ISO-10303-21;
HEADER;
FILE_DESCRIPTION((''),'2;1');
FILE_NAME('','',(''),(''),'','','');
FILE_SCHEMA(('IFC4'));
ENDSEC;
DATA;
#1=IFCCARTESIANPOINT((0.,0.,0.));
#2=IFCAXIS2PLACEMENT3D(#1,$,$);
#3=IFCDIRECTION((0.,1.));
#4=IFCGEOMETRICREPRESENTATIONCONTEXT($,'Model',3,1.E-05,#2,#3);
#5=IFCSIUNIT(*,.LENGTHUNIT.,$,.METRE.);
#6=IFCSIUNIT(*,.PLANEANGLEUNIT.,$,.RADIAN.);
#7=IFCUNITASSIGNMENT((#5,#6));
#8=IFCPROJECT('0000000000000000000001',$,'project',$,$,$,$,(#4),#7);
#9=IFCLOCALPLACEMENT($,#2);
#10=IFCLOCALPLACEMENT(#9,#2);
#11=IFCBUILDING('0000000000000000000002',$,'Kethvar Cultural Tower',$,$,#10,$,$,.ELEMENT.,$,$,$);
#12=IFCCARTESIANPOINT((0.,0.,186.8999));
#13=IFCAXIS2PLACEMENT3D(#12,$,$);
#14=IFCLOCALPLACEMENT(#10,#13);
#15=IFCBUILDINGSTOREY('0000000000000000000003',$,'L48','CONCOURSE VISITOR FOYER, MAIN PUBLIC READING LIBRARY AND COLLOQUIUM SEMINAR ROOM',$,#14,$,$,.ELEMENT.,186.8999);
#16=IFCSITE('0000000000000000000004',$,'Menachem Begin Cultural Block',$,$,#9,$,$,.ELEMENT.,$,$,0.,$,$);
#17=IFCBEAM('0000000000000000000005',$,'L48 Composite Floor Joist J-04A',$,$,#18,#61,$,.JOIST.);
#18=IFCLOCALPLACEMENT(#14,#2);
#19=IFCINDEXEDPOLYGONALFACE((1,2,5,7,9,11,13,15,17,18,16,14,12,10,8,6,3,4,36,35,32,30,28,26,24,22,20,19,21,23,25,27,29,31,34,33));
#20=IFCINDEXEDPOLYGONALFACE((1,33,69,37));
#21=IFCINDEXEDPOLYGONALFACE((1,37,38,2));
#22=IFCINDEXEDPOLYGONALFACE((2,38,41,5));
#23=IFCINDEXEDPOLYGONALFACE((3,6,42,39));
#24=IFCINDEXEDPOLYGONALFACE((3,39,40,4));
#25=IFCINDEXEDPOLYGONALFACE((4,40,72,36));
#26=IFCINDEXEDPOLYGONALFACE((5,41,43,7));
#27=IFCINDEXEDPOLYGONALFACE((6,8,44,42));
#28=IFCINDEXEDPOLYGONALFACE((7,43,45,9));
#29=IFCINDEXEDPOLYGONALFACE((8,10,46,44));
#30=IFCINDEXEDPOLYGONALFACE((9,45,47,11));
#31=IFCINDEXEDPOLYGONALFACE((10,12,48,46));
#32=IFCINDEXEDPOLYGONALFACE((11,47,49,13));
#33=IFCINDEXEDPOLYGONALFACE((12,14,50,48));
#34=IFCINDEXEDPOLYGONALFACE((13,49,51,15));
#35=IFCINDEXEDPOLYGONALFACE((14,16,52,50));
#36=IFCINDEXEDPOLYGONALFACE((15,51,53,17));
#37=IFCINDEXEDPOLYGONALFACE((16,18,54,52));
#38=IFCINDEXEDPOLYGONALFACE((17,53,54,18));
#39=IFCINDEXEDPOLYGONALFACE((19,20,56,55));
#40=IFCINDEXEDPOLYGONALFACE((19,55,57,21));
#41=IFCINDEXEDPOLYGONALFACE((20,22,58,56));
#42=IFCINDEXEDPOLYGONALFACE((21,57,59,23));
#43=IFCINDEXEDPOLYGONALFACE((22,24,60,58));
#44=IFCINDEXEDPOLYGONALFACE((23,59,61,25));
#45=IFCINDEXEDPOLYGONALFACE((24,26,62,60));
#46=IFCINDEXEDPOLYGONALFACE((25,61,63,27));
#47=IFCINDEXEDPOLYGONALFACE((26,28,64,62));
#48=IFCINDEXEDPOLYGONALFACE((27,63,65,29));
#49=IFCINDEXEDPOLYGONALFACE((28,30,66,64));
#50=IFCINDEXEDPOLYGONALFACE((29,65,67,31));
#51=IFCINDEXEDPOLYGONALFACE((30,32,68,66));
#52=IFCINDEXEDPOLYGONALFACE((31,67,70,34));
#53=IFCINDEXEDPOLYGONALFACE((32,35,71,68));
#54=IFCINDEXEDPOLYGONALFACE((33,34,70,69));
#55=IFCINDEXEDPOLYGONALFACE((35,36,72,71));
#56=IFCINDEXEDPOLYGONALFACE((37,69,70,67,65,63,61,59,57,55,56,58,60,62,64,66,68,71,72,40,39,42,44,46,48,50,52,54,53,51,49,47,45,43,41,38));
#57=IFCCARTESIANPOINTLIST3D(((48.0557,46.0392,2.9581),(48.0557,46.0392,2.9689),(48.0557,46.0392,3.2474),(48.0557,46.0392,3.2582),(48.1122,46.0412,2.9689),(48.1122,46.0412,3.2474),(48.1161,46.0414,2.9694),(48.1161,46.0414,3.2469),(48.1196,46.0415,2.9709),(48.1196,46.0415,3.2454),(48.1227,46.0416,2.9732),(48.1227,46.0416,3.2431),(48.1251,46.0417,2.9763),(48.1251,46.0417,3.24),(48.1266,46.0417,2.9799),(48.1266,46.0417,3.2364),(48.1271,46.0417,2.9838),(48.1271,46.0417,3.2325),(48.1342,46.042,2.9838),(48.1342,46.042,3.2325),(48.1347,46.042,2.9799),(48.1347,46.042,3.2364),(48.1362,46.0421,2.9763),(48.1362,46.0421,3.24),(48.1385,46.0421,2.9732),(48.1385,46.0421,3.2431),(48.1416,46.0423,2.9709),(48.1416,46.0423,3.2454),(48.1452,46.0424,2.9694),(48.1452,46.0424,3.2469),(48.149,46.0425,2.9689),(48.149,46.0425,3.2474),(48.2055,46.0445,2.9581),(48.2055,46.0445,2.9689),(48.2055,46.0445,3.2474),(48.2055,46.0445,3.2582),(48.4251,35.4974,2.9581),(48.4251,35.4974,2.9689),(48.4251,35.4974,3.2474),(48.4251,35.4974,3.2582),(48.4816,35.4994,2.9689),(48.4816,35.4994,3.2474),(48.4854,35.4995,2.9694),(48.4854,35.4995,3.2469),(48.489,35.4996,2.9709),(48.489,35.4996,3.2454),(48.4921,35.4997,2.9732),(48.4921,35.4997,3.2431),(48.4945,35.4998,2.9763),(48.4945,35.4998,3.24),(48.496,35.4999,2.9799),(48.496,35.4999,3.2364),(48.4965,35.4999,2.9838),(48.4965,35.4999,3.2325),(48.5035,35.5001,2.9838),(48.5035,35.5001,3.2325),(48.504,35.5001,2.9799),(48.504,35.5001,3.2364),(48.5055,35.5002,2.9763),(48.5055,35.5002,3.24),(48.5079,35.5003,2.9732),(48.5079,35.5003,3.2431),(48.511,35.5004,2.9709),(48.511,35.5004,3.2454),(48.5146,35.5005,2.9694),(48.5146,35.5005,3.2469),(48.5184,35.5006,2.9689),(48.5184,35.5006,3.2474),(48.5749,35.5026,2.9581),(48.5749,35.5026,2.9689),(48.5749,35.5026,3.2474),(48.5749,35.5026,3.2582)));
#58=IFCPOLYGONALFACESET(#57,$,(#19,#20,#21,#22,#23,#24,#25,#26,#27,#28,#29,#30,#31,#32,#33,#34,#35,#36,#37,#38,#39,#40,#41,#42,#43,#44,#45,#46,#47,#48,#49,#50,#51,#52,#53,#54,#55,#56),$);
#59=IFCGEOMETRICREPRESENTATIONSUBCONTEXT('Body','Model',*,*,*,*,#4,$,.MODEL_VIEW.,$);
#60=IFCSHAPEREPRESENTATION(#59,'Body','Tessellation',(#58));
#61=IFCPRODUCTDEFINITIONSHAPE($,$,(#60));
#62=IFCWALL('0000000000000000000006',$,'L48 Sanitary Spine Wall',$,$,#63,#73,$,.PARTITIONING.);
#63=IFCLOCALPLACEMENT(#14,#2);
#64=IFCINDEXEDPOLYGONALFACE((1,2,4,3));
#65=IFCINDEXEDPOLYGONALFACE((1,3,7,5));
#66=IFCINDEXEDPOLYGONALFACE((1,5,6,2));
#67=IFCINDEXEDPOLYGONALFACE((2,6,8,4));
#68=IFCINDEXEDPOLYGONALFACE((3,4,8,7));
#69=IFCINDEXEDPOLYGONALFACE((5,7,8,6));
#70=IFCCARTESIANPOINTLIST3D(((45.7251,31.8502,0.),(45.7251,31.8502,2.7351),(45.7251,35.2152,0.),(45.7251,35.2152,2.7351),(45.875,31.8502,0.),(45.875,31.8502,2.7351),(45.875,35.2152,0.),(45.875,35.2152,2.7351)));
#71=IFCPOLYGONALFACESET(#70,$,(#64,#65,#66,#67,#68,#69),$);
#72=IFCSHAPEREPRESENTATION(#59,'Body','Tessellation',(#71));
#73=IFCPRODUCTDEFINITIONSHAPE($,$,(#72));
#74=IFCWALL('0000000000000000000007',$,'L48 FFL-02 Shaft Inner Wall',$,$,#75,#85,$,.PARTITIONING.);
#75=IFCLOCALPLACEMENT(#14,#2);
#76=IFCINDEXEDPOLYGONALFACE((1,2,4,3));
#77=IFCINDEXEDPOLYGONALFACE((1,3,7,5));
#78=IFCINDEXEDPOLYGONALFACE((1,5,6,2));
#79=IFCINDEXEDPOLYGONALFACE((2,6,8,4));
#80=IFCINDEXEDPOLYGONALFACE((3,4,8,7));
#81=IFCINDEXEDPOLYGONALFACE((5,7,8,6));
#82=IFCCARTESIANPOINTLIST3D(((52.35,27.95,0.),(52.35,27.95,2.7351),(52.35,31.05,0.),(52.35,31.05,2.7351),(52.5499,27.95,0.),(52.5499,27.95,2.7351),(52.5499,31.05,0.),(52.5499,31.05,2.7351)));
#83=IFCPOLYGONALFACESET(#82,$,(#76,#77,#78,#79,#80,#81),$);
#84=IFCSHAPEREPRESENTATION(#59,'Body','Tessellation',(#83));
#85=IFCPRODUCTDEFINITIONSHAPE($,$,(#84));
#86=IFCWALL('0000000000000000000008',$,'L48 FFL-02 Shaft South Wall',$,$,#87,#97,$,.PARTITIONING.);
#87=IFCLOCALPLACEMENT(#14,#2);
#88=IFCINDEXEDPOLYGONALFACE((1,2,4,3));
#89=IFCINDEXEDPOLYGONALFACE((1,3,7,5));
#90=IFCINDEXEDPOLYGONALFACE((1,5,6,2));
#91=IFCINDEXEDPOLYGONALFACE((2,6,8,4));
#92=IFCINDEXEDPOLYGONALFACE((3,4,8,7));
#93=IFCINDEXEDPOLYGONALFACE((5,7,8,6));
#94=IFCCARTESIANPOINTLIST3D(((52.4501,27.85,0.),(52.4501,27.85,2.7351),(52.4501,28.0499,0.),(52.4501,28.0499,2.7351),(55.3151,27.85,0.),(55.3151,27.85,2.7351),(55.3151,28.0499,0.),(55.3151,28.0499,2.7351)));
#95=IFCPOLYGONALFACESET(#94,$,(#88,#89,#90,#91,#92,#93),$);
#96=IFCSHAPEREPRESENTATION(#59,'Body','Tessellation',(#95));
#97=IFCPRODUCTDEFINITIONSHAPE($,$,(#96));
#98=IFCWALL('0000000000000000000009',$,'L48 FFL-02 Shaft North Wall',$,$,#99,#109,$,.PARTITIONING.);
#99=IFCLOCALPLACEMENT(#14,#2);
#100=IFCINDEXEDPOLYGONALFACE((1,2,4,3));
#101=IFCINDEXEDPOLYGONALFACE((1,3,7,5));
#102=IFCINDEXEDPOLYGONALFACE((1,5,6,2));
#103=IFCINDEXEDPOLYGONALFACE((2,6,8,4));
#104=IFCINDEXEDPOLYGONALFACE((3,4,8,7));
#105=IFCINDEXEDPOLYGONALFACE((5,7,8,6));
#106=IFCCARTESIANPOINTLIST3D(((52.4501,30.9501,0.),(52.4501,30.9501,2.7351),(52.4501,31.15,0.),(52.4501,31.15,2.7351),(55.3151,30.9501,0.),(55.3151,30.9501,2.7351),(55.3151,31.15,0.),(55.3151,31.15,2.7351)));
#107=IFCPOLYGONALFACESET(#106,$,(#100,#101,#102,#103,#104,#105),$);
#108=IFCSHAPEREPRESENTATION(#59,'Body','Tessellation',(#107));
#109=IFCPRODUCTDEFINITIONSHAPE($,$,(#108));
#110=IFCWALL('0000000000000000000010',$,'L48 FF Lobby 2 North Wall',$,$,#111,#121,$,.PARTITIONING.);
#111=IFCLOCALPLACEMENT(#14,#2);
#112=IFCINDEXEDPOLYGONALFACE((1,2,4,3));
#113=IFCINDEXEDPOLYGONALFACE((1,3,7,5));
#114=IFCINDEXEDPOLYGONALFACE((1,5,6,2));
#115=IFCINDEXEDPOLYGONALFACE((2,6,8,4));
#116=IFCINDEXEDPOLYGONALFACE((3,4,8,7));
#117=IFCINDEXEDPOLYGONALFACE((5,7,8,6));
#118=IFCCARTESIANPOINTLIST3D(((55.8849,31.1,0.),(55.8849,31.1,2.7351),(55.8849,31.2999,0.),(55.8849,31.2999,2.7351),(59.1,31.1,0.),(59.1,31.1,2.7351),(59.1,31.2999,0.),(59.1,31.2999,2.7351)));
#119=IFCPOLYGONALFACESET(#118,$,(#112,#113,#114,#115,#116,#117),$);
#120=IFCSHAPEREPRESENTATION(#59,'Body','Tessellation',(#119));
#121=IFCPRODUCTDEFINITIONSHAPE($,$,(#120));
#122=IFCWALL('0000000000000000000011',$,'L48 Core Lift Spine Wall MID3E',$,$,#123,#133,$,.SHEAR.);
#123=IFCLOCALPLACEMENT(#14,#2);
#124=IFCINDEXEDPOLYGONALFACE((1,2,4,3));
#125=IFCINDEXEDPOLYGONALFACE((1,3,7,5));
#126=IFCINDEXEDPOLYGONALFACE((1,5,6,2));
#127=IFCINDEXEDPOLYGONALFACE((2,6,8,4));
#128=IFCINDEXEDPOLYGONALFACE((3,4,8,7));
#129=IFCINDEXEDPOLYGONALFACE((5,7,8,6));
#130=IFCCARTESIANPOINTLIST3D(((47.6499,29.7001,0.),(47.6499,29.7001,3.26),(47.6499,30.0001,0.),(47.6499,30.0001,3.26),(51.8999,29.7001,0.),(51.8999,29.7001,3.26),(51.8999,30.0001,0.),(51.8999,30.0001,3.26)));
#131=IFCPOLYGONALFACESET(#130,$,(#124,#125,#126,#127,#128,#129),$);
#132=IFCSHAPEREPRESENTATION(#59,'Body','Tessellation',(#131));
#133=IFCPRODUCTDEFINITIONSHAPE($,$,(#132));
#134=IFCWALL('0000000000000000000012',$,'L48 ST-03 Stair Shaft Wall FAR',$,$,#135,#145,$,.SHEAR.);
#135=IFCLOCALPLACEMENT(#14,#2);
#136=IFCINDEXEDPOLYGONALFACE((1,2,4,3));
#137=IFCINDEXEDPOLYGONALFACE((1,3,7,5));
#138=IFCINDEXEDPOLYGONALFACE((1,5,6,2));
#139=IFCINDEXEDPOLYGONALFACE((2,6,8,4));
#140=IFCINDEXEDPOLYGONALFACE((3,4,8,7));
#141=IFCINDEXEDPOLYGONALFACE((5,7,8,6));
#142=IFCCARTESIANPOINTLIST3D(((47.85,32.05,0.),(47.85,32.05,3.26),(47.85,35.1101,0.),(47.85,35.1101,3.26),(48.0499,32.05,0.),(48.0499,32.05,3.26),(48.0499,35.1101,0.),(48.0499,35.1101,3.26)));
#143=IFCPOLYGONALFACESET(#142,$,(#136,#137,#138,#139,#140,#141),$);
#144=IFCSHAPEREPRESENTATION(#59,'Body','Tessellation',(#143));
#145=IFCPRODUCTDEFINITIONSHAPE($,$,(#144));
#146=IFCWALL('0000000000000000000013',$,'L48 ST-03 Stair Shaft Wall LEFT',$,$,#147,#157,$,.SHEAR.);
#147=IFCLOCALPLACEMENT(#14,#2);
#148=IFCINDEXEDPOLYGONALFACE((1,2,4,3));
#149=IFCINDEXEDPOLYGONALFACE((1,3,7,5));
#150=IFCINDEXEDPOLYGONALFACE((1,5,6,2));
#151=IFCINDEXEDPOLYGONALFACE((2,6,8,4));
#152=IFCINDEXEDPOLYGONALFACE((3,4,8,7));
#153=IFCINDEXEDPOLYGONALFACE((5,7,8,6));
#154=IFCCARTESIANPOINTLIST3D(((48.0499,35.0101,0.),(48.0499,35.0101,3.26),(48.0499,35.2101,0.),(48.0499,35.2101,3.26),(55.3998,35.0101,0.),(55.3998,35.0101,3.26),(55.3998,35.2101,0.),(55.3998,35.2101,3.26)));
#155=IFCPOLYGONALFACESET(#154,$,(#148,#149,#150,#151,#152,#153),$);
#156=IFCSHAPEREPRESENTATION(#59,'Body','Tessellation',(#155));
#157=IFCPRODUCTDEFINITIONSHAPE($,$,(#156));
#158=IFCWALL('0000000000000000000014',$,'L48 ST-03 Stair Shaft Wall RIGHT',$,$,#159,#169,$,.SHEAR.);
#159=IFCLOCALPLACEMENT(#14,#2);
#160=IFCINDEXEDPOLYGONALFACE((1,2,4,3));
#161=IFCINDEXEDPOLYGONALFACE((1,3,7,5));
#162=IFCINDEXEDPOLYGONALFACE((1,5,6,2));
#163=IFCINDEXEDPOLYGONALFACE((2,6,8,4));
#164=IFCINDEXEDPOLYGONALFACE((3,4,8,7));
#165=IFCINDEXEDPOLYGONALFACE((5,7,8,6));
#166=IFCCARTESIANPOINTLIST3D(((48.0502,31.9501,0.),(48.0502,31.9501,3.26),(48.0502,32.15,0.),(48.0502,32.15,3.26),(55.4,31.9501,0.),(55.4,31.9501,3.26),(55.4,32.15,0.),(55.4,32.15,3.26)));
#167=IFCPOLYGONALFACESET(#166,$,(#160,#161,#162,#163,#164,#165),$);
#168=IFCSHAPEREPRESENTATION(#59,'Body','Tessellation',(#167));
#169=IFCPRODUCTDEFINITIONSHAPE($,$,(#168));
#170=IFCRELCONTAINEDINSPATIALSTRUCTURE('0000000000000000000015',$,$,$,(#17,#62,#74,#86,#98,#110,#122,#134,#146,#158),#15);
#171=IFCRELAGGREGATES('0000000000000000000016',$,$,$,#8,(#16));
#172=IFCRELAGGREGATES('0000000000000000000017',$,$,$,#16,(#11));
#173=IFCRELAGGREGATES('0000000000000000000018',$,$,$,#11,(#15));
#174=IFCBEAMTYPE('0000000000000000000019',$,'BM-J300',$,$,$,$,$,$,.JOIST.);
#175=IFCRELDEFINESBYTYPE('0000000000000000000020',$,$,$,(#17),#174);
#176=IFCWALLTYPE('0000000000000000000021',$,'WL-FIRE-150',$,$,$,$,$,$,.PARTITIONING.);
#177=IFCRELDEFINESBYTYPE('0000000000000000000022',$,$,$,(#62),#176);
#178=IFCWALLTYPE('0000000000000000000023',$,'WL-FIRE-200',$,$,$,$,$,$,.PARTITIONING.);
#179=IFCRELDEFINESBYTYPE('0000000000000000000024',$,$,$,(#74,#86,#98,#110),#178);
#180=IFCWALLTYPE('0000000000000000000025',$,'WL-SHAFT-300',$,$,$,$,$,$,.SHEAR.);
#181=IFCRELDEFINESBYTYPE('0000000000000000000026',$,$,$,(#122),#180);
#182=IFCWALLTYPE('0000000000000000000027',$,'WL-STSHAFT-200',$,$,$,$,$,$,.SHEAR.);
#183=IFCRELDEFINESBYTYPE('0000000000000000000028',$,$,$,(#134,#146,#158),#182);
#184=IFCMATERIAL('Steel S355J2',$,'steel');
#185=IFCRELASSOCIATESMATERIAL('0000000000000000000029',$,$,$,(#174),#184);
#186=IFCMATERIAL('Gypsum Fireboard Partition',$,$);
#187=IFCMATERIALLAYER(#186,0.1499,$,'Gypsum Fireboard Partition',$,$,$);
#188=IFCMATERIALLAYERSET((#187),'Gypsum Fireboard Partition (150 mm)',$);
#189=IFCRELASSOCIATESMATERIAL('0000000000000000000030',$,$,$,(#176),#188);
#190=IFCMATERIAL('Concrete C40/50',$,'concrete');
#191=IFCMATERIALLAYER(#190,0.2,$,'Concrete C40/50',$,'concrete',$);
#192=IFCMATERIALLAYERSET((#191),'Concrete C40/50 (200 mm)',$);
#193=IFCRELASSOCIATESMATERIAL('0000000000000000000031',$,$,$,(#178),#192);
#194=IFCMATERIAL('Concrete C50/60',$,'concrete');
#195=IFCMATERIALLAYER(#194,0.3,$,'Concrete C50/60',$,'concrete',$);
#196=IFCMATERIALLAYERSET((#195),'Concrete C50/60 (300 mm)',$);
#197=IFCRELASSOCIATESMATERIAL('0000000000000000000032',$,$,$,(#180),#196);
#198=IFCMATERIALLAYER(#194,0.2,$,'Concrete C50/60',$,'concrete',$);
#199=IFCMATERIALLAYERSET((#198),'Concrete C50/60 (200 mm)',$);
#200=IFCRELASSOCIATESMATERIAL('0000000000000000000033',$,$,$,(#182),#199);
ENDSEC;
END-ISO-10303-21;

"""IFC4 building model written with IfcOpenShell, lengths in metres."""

from ifc_helpers import new_model, si_unit, direction, frame, frame_2d, origin, origin_2d, place, context, subcontext, project, spatial, rectangle, i_section, extrude, source, transform, mapped, material, layer, layer_set, material_profile, profile_set, type_object, element, save


model = new_model("IFC4")

# Units and contexts
model_context = context("Model", 3, precision=1e-05, world=origin(), true_north=direction((0.0, 1.0)))
body_context = subcontext(model_context, "Body", "Model", "MODEL_VIEW")
ifc_project = project(units=[si_unit("LENGTHUNIT", "METRE"), si_unit("PLANEANGLEUNIT", "RADIAN")], contexts=[model_context])

# Site, building, storey
site_placement = place(None, origin())
site = spatial("IfcSite", under=ifc_project, at=site_placement, Name="Menachem Begin Cultural Block", CompositionType="ELEMENT", RefElevation=0.0)
building_placement = place(site_placement, origin())
building = spatial("IfcBuilding", under=site, at=building_placement, Name="Kethvar Cultural Tower", CompositionType="ELEMENT")
storey_placement = place(building_placement, frame((0.0, 0.0, 186.8999)))
storey = spatial("IfcBuildingStorey", under=building, at=storey_placement, Name="L48", Description="CONCOURSE VISITOR FOYER, MAIN PUBLIC READING LIBRARY AND COLLOQUIUM SEMINAR ROOM", CompositionType="ELEMENT", Elevation=186.8999)

# Beam
ifc_material_1 = material(Name="Steel S355J2", Category="steel")
ifc_material_profile_1 = material_profile(ifc_material_1, i_section(OverallWidth=0.1499, OverallDepth=0.3, WebThickness=0.0071, FlangeThickness=0.0107, FilletRadius=0.0149, at=origin_2d()), Name="Steel S355J2 — IPE300")
ifc_profile_set_1 = profile_set([ifc_material_profile_1], Name="Steel S355J2 — IPE300")
beam_type_1 = type_object("IfcBeamType", Name="BM-J300", PredefinedType="JOIST", material=ifc_profile_set_1)
shared_shape_1 = source(origin(), body_context, "Body", "SweptSolid", [
    extrude(i_section(OverallWidth=0.1499, OverallDepth=0.3, WebThickness=0.0071, FlangeThickness=0.0107, FilletRadius=0.0149, at=origin_2d()), origin(), (0.0, 0.0, 1.0), 10.5483),
])
beam_1_placement = place(storey_placement, frame((48.5, 35.5, 3.1082), z_axis=(-0.035018, 0.999387, 0.0), x_axis=(-0.999387, -0.035018, 0.0)))
element("IfcBeam", 1, at=beam_1_placement, inside=storey, type_object=beam_type_1, Name="L48 Composite Floor Joist J-04A", PredefinedType="JOIST", context=body_context, shape_type="MappedRepresentation", body=[
    mapped(shared_shape_1, transform((0.0, 0.0, 0.0), scale=1.0)),
])

# Walls
ifc_material_2 = material(Name="Gypsum Fireboard Partition")
ifc_layer_1 = layer(ifc_material_2, 0.1499, Name="Gypsum Fireboard Partition")
ifc_layer_set_1 = layer_set([ifc_layer_1], Name="Gypsum Fireboard Partition (150 mm)")
wall_type_1 = type_object("IfcWallType", Name="WL-FIRE-150", PredefinedType="PARTITIONING", material=ifc_layer_set_1)
wall_1_placement = place(storey_placement, frame((45.8, 31.8501, 0.0), z_axis=(0.0, 0.0, 1.0), x_axis=(0.0, 1.0, 0.0)))
element("IfcWall", 2, at=wall_1_placement, inside=storey, type_object=wall_type_1, Name="L48 Sanitary Spine Wall", PredefinedType="PARTITIONING", context=body_context, shape_type="SweptSolid", body=[
    extrude(rectangle(XDim=3.365, YDim=0.1499, at=frame_2d((1.6826, 0.0))), origin(), (0.0, 0.0, 1.0), 2.7351),
])
ifc_material_3 = material(Name="Concrete C40/50", Category="concrete")
ifc_layer_2 = layer(ifc_material_3, 0.2, Name="Concrete C40/50", Category="concrete")
ifc_layer_set_2 = layer_set([ifc_layer_2], Name="Concrete C40/50 (200 mm)")
wall_type_2 = type_object("IfcWallType", Name="WL-FIRE-200", PredefinedType="PARTITIONING", material=ifc_layer_set_2)
wall_2_placement = place(storey_placement, frame((52.45, 27.95, 0.0), z_axis=(0.0, 0.0, 1.0), x_axis=(0.0, 1.0, 0.0)))
element("IfcWall", 3, at=wall_2_placement, inside=storey, type_object=wall_type_2, Name="L48 FFL-02 Shaft Inner Wall", PredefinedType="PARTITIONING", context=body_context, shape_type="SweptSolid", body=[
    extrude(rectangle(XDim=3.1001, YDim=0.2, at=frame_2d((1.55, 0.0))), origin(), (0.0, 0.0, 1.0), 2.7351),
])
for number, where, z_axis, x_axis, name in (
    (4, (52.45, 27.95, 0.0), (0.0, 0.0, 1.0), (1.0, 0.0, 0.0), "L48 FFL-02 Shaft South Wall"),
    (5, (52.45, 31.05, 0.0), (0.0, 0.0, 1.0), (1.0, 0.0, 0.0), "L48 FFL-02 Shaft North Wall"),
):
    element("IfcWall", number, at=place(storey_placement, frame(where, z_axis=z_axis, x_axis=x_axis)), inside=storey, type_object=wall_type_2, Name=name, PredefinedType="PARTITIONING", context=body_context, shape_type="SweptSolid", body=[
        extrude(rectangle(XDim=2.865, YDim=0.2, at=frame_2d((1.4326, 0.0))), origin(), (0.0, 0.0, 1.0), 2.7351),
    ])
wall_3_placement = place(storey_placement, frame((55.885, 31.2, 0.0), z_axis=(0.0, 0.0, 1.0), x_axis=(1.0, 0.0, 0.0)))
element("IfcWall", 6, at=wall_3_placement, inside=storey, type_object=wall_type_2, Name="L48 FF Lobby 2 North Wall", PredefinedType="PARTITIONING", context=body_context, shape_type="SweptSolid", body=[
    extrude(rectangle(XDim=3.2151, YDim=0.2, at=frame_2d((1.6074, 0.0))), origin(), (0.0, 0.0, 1.0), 2.7351),
])
ifc_material_4 = material(Name="Concrete C50/60", Category="concrete")
ifc_layer_3 = layer(ifc_material_4, 0.3, Name="Concrete C50/60", Category="concrete")
ifc_layer_set_3 = layer_set([ifc_layer_3], Name="Concrete C50/60 (300 mm)")
wall_type_3 = type_object("IfcWallType", Name="WL-SHAFT-300", PredefinedType="SHEAR", material=ifc_layer_set_3)
wall_4_placement = place(storey_placement, frame((47.6499, 29.8501, 0.0), z_axis=(0.0, 0.0, 1.0), x_axis=(1.0, 0.0, 0.0)))
element("IfcWall", 7, at=wall_4_placement, inside=storey, type_object=wall_type_3, Name="L48 Core Lift Spine Wall MID3E", PredefinedType="SHEAR", context=body_context, shape_type="SweptSolid", body=[
    extrude(rectangle(XDim=4.25, YDim=0.3, at=frame_2d((2.125, 0.0))), origin(), (0.0, 0.0, 1.0), 3.26),
])
ifc_layer_4 = layer(ifc_material_4, 0.2, Name="Concrete C50/60", Category="concrete")
ifc_layer_set_4 = layer_set([ifc_layer_4], Name="Concrete C50/60 (200 mm)")
wall_type_4 = type_object("IfcWallType", Name="WL-STSHAFT-200", PredefinedType="SHEAR", material=ifc_layer_set_4)
wall_5_placement = place(storey_placement, frame((47.95, 32.05, 0.0), z_axis=(0.0, 0.0, 1.0), x_axis=(0.0, 1.0, 0.0)))
element("IfcWall", 8, at=wall_5_placement, inside=storey, type_object=wall_type_4, Name="L48 ST-03 Stair Shaft Wall FAR", PredefinedType="SHEAR", context=body_context, shape_type="SweptSolid", body=[
    extrude(rectangle(XDim=3.0601, YDim=0.2, at=frame_2d((1.53, 0.0))), origin(), (0.0, 0.0, 1.0), 3.26),
])
for number, where, z_axis, x_axis, name in (
    (9, (48.05, 35.1101, 0.0), (0.0, 0.0, 1.0), (1.0, 0.0, 0.0), "L48 ST-03 Stair Shaft Wall LEFT"),
    (10, (55.3999, 32.05, 0.0), (0.0, 0.0, 1.0), (-1.0, 0.0, 0.0), "L48 ST-03 Stair Shaft Wall RIGHT"),
):
    element("IfcWall", number, at=place(storey_placement, frame(where, z_axis=z_axis, x_axis=x_axis)), inside=storey, type_object=wall_type_4, Name=name, PredefinedType="SHEAR", context=body_context, shape_type="SweptSolid", body=[
        extrude(rectangle(XDim=7.3499, YDim=0.2, at=frame_2d((3.6748, 0.0))), origin(), (0.0, 0.0, 1.0), 3.26),
    ])

save(model, "model.ifc")
